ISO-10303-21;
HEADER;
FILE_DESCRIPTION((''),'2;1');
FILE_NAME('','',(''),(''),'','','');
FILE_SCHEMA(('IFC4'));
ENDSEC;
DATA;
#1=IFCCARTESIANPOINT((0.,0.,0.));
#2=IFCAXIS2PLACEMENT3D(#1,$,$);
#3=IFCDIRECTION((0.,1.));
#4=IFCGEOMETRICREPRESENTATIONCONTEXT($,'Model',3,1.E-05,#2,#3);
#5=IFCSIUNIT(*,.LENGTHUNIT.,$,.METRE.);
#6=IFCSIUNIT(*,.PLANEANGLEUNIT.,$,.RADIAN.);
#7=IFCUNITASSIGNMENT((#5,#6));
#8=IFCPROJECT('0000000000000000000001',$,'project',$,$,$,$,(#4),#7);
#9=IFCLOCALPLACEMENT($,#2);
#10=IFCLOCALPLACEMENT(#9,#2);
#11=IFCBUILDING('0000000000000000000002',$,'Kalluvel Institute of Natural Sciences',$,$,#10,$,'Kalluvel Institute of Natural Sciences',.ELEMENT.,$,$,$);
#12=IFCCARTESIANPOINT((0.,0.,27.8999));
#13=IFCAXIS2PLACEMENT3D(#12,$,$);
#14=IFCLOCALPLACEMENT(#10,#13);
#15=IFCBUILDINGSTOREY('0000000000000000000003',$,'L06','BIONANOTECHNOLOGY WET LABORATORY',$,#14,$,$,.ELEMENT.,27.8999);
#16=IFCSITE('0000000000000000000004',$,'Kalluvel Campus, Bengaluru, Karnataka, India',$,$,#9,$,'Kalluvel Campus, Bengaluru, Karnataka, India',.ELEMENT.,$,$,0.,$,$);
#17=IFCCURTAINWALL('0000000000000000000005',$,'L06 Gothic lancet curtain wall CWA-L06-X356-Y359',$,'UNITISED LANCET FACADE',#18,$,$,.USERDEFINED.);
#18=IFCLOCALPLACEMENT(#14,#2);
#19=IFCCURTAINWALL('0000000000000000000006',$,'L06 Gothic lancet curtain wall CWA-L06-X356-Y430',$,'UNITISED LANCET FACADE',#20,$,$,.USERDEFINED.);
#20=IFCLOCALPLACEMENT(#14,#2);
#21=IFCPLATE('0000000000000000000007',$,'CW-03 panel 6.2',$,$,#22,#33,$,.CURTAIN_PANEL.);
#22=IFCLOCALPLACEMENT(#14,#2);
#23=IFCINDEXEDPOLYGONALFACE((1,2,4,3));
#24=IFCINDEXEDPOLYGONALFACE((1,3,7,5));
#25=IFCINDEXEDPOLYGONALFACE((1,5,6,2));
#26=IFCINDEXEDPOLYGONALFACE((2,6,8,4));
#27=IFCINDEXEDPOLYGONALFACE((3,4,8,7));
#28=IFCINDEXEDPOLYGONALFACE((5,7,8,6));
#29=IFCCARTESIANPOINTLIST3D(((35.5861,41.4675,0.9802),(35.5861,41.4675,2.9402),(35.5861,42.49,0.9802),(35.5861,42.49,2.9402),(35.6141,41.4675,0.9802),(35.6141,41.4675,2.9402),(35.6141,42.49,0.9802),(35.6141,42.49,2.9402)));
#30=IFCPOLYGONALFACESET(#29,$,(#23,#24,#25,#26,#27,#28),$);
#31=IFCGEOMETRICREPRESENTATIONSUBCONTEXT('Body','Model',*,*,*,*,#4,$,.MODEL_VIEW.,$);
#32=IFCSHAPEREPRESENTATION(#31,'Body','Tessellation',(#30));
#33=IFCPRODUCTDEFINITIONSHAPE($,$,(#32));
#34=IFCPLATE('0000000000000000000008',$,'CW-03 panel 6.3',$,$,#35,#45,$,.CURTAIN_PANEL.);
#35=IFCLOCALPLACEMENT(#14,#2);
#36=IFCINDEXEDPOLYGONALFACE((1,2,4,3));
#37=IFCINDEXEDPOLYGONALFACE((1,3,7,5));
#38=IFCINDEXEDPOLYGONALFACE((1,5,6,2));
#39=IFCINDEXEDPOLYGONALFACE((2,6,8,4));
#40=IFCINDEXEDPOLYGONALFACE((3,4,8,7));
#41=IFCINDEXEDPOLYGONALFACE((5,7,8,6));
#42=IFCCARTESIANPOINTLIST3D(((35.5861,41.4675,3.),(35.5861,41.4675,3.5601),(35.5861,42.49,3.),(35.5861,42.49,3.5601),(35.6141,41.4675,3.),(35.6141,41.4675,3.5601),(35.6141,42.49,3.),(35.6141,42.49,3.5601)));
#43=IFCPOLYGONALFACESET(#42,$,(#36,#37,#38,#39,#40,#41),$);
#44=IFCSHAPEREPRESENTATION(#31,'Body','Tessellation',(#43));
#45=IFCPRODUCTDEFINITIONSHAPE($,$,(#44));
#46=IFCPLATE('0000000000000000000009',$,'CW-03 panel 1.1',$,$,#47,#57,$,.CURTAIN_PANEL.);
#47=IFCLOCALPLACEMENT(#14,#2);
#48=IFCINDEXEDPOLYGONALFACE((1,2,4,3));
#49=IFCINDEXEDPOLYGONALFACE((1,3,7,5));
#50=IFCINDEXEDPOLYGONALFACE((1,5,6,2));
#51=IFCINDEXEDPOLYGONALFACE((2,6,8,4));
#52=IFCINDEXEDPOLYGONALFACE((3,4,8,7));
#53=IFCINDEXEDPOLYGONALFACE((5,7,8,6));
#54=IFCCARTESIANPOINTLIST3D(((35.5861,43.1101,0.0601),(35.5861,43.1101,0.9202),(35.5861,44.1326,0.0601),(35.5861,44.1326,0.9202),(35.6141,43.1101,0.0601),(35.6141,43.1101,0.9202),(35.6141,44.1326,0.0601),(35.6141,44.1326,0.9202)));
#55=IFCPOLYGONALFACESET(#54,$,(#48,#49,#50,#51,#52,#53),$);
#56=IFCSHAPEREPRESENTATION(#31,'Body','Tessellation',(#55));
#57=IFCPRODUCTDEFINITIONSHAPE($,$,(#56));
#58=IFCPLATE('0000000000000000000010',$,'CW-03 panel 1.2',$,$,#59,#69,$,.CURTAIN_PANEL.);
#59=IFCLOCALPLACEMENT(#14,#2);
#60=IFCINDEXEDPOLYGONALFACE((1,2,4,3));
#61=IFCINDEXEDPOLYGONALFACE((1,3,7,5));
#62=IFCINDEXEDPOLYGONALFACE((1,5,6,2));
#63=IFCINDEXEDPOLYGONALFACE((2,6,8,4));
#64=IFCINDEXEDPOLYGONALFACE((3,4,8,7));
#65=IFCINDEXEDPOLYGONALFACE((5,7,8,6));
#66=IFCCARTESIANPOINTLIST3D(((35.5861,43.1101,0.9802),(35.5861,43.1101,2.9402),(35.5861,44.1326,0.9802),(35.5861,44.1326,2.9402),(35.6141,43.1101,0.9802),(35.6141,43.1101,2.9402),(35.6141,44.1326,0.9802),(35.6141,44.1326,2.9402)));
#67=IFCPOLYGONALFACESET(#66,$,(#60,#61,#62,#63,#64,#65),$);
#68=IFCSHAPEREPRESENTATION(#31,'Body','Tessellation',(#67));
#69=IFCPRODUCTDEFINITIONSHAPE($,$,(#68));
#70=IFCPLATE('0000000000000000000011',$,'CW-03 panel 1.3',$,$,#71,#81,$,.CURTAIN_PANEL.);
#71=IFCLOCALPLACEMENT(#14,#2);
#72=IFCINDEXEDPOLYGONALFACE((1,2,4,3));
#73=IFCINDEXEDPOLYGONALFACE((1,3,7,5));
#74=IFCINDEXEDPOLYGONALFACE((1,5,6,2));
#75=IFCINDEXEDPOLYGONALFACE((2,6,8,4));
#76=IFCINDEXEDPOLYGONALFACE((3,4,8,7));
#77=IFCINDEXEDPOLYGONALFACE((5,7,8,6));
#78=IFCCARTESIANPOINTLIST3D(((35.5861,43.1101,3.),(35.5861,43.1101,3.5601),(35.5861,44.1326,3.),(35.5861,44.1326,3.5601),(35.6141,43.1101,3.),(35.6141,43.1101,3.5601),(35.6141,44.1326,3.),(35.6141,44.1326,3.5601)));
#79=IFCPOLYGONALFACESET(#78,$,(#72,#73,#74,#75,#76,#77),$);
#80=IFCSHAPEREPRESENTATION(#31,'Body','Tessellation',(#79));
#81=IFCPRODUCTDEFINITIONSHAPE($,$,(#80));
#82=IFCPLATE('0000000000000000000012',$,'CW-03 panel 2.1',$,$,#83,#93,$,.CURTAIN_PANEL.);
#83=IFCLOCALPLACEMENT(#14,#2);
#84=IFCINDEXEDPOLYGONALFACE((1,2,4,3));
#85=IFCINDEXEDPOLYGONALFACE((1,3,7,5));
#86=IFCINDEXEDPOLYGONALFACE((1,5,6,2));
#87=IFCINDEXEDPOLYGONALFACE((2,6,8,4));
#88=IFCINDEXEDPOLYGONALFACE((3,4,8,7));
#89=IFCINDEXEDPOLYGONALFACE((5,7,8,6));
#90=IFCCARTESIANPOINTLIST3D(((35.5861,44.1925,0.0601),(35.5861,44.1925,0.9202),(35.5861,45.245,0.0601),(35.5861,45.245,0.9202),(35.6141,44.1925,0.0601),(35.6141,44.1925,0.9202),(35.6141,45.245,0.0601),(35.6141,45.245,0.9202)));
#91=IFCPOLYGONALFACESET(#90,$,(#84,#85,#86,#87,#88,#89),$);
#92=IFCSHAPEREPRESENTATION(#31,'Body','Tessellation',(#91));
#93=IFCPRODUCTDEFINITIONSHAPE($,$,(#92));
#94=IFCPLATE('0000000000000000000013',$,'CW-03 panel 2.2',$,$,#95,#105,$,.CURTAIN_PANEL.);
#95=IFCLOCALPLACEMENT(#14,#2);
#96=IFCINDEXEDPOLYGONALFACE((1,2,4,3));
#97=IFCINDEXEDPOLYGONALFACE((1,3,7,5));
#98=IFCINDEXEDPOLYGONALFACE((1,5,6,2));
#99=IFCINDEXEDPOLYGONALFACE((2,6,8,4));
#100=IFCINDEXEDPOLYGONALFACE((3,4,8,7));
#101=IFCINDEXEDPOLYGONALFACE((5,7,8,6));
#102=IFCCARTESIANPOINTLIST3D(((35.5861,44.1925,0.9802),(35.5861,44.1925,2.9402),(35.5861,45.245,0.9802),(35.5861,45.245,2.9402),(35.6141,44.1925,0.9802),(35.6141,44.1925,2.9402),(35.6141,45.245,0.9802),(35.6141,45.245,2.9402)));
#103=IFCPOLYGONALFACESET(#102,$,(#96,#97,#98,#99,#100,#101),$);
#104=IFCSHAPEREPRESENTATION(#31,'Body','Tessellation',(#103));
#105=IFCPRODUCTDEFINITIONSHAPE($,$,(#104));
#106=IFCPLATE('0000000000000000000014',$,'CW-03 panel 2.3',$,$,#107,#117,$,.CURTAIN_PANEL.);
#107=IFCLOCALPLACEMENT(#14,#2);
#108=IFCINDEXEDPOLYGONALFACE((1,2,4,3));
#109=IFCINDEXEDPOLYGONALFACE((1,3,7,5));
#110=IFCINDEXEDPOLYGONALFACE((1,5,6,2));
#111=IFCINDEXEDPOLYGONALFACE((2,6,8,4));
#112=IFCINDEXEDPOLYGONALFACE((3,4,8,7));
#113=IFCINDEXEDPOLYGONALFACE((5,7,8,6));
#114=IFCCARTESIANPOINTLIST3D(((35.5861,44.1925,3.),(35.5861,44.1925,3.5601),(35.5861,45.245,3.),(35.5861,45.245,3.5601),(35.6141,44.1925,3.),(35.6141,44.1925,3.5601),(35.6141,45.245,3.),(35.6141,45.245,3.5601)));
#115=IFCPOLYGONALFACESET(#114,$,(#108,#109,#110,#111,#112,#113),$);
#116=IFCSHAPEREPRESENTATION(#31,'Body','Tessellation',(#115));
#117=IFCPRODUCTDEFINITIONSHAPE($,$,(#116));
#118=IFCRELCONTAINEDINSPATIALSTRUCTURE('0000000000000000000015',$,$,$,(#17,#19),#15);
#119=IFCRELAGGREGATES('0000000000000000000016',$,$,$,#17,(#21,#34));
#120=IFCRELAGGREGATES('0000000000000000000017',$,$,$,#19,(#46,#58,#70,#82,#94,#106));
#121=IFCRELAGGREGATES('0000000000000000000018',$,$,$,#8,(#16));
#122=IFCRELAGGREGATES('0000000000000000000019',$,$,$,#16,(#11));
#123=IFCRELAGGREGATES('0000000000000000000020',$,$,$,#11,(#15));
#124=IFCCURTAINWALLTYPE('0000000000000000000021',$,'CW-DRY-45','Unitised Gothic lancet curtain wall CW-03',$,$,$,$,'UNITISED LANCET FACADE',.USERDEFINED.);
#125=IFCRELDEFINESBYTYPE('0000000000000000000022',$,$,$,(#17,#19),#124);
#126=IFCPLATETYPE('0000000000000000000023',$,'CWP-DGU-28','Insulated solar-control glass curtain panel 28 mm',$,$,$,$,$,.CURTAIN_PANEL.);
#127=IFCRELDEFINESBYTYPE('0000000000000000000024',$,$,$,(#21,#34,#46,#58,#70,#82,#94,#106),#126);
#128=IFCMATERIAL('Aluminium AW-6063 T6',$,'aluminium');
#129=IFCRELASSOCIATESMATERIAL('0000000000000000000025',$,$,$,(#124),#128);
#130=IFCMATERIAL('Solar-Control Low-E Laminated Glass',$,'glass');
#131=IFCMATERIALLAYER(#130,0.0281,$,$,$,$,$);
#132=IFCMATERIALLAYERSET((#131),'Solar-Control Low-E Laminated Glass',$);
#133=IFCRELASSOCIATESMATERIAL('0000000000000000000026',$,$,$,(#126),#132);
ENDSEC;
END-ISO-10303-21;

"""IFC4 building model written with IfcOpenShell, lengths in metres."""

from ifc_helpers import new_model, si_unit, direction, frame, origin, origin_2d, place, context, subcontext, project, spatial, rectangle, extrude, material, layer, layer_set, type_object, element, aggregate, save


model = new_model("IFC4")

# Units and contexts
model_context = context("Model", 3, precision=1e-05, world=origin(), true_north=direction((0.0, 1.0)))
body_context = subcontext(model_context, "Body", "Model", "MODEL_VIEW")
ifc_project = project(units=[si_unit("LENGTHUNIT", "METRE"), si_unit("PLANEANGLEUNIT", "RADIAN")], contexts=[model_context])

# Site, building, storey
site_placement = place(None, origin())
site = spatial("IfcSite", under=ifc_project, at=site_placement, Name="Kalluvel Campus, Bengaluru, Karnataka, India", LongName="Kalluvel Campus, Bengaluru, Karnataka, India", CompositionType="ELEMENT", RefElevation=0.0)
building_placement = place(site_placement, origin())
building = spatial("IfcBuilding", under=site, at=building_placement, Name="Kalluvel Institute of Natural Sciences", LongName="Kalluvel Institute of Natural Sciences", CompositionType="ELEMENT")
storey_placement = place(building_placement, frame((0.0, 0.0, 27.8999)))
storey = spatial("IfcBuildingStorey", under=building, at=storey_placement, Name="L06", Description="BIONANOTECHNOLOGY WET LABORATORY", CompositionType="ELEMENT", Elevation=27.8999)

# Curtain wall
ifc_material_1 = material(Name="Aluminium AW-6063 T6", Category="aluminium")
curtain_wall_type = type_object("IfcCurtainWallType", Name="CW-DRY-45", Description="Unitised Gothic lancet curtain wall CW-03", ElementType="UNITISED LANCET FACADE", PredefinedType="USERDEFINED", material=ifc_material_1)
curtain_wall_1_placement = place(storey_placement, origin())
curtain_wall_1 = element("IfcCurtainWall", 1, at=curtain_wall_1_placement, inside=storey, type_object=curtain_wall_type, Name="L06 Gothic lancet curtain wall CWA-L06-X356-Y359", ObjectType="UNITISED LANCET FACADE", PredefinedType="USERDEFINED")

# Curtain wall
curtain_wall_2_placement = place(storey_placement, origin())
curtain_wall_2 = element("IfcCurtainWall", 2, at=curtain_wall_2_placement, inside=storey, type_object=curtain_wall_type, Name="L06 Gothic lancet curtain wall CWA-L06-X356-Y430", ObjectType="UNITISED LANCET FACADE", PredefinedType="USERDEFINED")

# Plates
ifc_material_2 = material(Name="Solar-Control Low-E Laminated Glass", Category="glass")
ifc_layer = layer(ifc_material_2, 0.0281)
ifc_layer_set = layer_set([ifc_layer], Name="Solar-Control Low-E Laminated Glass")
plate_type = type_object("IfcPlateType", Name="CWP-DGU-28", Description="Insulated solar-control glass curtain panel 28 mm", PredefinedType="CURTAIN_PANEL", material=ifc_layer_set)
plate_1_placement = place(storey_placement, frame((35.6001, 41.9788, 0.9802), z_axis=(0.0, 0.0, 1.0), x_axis=(0.0, 1.0, 0.0)))
plate_1 = element("IfcPlate", 3, at=plate_1_placement, type_object=plate_type, Name="CW-03 panel 6.2", PredefinedType="CURTAIN_PANEL", context=body_context, shape_type="SweptSolid", body=[
    extrude(rectangle(XDim=1.0225, YDim=0.0281, at=origin_2d()), origin(), (0.0, 0.0, 1.0), 1.96),
])
plate_2_placement = place(storey_placement, frame((35.6001, 41.9788, 3.0), z_axis=(0.0, 0.0, 1.0), x_axis=(0.0, 1.0, 0.0)))
plate_2 = element("IfcPlate", 4, at=plate_2_placement, type_object=plate_type, Name="CW-03 panel 6.3", PredefinedType="CURTAIN_PANEL", context=body_context, shape_type="SweptSolid", body=[
    extrude(rectangle(XDim=1.0225, YDim=0.0281, at=origin_2d()), origin(), (0.0, 0.0, 1.0), 0.5601),
])
aggregate(curtain_wall_1, [plate_1, plate_2])
plate_3_placement = place(storey_placement, frame((35.6001, 43.6213, 0.0601), z_axis=(0.0, 0.0, 1.0), x_axis=(0.0, 1.0, 0.0)))
plate_3 = element("IfcPlate", 5, at=plate_3_placement, type_object=plate_type, Name="CW-03 panel 1.1", PredefinedType="CURTAIN_PANEL", context=body_context, shape_type="SweptSolid", body=[
    extrude(rectangle(XDim=1.0225, YDim=0.0281, at=origin_2d()), origin(), (0.0, 0.0, 1.0), 0.8601),
])
plate_4_placement = place(storey_placement, frame((35.6001, 43.6213, 0.9802), z_axis=(0.0, 0.0, 1.0), x_axis=(0.0, 1.0, 0.0)))
plate_4 = element("IfcPlate", 6, at=plate_4_placement, type_object=plate_type, Name="CW-03 panel 1.2", PredefinedType="CURTAIN_PANEL", context=body_context, shape_type="SweptSolid", body=[
    extrude(rectangle(XDim=1.0225, YDim=0.0281, at=origin_2d()), origin(), (0.0, 0.0, 1.0), 1.96),
])
plate_5_placement = place(storey_placement, frame((35.6001, 43.6213, 3.0), z_axis=(0.0, 0.0, 1.0), x_axis=(0.0, 1.0, 0.0)))
plate_5 = element("IfcPlate", 7, at=plate_5_placement, type_object=plate_type, Name="CW-03 panel 1.3", PredefinedType="CURTAIN_PANEL", context=body_context, shape_type="SweptSolid", body=[
    extrude(rectangle(XDim=1.0225, YDim=0.0281, at=origin_2d()), origin(), (0.0, 0.0, 1.0), 0.5601),
])
plate_6_placement = place(storey_placement, frame((35.6001, 44.7188, 0.0601), z_axis=(0.0, 0.0, 1.0), x_axis=(0.0, 1.0, 0.0)))
plate_6 = element("IfcPlate", 8, at=plate_6_placement, type_object=plate_type, Name="CW-03 panel 2.1", PredefinedType="CURTAIN_PANEL", context=body_context, shape_type="SweptSolid", body=[
    extrude(rectangle(XDim=1.0525, YDim=0.0281, at=origin_2d()), origin(), (0.0, 0.0, 1.0), 0.8601),
])
plate_7_placement = place(storey_placement, frame((35.6001, 44.7188, 0.9802), z_axis=(0.0, 0.0, 1.0), x_axis=(0.0, 1.0, 0.0)))
plate_7 = element("IfcPlate", 9, at=plate_7_placement, type_object=plate_type, Name="CW-03 panel 2.2", PredefinedType="CURTAIN_PANEL", context=body_context, shape_type="SweptSolid", body=[
    extrude(rectangle(XDim=1.0525, YDim=0.0281, at=origin_2d()), origin(), (0.0, 0.0, 1.0), 1.96),
])
plate_8_placement = place(storey_placement, frame((35.6001, 44.7188, 3.0), z_axis=(0.0, 0.0, 1.0), x_axis=(0.0, 1.0, 0.0)))
plate_8 = element("IfcPlate", 10, at=plate_8_placement, type_object=plate_type, Name="CW-03 panel 2.3", PredefinedType="CURTAIN_PANEL", context=body_context, shape_type="SweptSolid", body=[
    extrude(rectangle(XDim=1.0525, YDim=0.0281, at=origin_2d()), origin(), (0.0, 0.0, 1.0), 0.5601),
])
aggregate(curtain_wall_2, [plate_3, plate_4, plate_5, plate_6, plate_7, plate_8])

save(model, "model.ifc")
